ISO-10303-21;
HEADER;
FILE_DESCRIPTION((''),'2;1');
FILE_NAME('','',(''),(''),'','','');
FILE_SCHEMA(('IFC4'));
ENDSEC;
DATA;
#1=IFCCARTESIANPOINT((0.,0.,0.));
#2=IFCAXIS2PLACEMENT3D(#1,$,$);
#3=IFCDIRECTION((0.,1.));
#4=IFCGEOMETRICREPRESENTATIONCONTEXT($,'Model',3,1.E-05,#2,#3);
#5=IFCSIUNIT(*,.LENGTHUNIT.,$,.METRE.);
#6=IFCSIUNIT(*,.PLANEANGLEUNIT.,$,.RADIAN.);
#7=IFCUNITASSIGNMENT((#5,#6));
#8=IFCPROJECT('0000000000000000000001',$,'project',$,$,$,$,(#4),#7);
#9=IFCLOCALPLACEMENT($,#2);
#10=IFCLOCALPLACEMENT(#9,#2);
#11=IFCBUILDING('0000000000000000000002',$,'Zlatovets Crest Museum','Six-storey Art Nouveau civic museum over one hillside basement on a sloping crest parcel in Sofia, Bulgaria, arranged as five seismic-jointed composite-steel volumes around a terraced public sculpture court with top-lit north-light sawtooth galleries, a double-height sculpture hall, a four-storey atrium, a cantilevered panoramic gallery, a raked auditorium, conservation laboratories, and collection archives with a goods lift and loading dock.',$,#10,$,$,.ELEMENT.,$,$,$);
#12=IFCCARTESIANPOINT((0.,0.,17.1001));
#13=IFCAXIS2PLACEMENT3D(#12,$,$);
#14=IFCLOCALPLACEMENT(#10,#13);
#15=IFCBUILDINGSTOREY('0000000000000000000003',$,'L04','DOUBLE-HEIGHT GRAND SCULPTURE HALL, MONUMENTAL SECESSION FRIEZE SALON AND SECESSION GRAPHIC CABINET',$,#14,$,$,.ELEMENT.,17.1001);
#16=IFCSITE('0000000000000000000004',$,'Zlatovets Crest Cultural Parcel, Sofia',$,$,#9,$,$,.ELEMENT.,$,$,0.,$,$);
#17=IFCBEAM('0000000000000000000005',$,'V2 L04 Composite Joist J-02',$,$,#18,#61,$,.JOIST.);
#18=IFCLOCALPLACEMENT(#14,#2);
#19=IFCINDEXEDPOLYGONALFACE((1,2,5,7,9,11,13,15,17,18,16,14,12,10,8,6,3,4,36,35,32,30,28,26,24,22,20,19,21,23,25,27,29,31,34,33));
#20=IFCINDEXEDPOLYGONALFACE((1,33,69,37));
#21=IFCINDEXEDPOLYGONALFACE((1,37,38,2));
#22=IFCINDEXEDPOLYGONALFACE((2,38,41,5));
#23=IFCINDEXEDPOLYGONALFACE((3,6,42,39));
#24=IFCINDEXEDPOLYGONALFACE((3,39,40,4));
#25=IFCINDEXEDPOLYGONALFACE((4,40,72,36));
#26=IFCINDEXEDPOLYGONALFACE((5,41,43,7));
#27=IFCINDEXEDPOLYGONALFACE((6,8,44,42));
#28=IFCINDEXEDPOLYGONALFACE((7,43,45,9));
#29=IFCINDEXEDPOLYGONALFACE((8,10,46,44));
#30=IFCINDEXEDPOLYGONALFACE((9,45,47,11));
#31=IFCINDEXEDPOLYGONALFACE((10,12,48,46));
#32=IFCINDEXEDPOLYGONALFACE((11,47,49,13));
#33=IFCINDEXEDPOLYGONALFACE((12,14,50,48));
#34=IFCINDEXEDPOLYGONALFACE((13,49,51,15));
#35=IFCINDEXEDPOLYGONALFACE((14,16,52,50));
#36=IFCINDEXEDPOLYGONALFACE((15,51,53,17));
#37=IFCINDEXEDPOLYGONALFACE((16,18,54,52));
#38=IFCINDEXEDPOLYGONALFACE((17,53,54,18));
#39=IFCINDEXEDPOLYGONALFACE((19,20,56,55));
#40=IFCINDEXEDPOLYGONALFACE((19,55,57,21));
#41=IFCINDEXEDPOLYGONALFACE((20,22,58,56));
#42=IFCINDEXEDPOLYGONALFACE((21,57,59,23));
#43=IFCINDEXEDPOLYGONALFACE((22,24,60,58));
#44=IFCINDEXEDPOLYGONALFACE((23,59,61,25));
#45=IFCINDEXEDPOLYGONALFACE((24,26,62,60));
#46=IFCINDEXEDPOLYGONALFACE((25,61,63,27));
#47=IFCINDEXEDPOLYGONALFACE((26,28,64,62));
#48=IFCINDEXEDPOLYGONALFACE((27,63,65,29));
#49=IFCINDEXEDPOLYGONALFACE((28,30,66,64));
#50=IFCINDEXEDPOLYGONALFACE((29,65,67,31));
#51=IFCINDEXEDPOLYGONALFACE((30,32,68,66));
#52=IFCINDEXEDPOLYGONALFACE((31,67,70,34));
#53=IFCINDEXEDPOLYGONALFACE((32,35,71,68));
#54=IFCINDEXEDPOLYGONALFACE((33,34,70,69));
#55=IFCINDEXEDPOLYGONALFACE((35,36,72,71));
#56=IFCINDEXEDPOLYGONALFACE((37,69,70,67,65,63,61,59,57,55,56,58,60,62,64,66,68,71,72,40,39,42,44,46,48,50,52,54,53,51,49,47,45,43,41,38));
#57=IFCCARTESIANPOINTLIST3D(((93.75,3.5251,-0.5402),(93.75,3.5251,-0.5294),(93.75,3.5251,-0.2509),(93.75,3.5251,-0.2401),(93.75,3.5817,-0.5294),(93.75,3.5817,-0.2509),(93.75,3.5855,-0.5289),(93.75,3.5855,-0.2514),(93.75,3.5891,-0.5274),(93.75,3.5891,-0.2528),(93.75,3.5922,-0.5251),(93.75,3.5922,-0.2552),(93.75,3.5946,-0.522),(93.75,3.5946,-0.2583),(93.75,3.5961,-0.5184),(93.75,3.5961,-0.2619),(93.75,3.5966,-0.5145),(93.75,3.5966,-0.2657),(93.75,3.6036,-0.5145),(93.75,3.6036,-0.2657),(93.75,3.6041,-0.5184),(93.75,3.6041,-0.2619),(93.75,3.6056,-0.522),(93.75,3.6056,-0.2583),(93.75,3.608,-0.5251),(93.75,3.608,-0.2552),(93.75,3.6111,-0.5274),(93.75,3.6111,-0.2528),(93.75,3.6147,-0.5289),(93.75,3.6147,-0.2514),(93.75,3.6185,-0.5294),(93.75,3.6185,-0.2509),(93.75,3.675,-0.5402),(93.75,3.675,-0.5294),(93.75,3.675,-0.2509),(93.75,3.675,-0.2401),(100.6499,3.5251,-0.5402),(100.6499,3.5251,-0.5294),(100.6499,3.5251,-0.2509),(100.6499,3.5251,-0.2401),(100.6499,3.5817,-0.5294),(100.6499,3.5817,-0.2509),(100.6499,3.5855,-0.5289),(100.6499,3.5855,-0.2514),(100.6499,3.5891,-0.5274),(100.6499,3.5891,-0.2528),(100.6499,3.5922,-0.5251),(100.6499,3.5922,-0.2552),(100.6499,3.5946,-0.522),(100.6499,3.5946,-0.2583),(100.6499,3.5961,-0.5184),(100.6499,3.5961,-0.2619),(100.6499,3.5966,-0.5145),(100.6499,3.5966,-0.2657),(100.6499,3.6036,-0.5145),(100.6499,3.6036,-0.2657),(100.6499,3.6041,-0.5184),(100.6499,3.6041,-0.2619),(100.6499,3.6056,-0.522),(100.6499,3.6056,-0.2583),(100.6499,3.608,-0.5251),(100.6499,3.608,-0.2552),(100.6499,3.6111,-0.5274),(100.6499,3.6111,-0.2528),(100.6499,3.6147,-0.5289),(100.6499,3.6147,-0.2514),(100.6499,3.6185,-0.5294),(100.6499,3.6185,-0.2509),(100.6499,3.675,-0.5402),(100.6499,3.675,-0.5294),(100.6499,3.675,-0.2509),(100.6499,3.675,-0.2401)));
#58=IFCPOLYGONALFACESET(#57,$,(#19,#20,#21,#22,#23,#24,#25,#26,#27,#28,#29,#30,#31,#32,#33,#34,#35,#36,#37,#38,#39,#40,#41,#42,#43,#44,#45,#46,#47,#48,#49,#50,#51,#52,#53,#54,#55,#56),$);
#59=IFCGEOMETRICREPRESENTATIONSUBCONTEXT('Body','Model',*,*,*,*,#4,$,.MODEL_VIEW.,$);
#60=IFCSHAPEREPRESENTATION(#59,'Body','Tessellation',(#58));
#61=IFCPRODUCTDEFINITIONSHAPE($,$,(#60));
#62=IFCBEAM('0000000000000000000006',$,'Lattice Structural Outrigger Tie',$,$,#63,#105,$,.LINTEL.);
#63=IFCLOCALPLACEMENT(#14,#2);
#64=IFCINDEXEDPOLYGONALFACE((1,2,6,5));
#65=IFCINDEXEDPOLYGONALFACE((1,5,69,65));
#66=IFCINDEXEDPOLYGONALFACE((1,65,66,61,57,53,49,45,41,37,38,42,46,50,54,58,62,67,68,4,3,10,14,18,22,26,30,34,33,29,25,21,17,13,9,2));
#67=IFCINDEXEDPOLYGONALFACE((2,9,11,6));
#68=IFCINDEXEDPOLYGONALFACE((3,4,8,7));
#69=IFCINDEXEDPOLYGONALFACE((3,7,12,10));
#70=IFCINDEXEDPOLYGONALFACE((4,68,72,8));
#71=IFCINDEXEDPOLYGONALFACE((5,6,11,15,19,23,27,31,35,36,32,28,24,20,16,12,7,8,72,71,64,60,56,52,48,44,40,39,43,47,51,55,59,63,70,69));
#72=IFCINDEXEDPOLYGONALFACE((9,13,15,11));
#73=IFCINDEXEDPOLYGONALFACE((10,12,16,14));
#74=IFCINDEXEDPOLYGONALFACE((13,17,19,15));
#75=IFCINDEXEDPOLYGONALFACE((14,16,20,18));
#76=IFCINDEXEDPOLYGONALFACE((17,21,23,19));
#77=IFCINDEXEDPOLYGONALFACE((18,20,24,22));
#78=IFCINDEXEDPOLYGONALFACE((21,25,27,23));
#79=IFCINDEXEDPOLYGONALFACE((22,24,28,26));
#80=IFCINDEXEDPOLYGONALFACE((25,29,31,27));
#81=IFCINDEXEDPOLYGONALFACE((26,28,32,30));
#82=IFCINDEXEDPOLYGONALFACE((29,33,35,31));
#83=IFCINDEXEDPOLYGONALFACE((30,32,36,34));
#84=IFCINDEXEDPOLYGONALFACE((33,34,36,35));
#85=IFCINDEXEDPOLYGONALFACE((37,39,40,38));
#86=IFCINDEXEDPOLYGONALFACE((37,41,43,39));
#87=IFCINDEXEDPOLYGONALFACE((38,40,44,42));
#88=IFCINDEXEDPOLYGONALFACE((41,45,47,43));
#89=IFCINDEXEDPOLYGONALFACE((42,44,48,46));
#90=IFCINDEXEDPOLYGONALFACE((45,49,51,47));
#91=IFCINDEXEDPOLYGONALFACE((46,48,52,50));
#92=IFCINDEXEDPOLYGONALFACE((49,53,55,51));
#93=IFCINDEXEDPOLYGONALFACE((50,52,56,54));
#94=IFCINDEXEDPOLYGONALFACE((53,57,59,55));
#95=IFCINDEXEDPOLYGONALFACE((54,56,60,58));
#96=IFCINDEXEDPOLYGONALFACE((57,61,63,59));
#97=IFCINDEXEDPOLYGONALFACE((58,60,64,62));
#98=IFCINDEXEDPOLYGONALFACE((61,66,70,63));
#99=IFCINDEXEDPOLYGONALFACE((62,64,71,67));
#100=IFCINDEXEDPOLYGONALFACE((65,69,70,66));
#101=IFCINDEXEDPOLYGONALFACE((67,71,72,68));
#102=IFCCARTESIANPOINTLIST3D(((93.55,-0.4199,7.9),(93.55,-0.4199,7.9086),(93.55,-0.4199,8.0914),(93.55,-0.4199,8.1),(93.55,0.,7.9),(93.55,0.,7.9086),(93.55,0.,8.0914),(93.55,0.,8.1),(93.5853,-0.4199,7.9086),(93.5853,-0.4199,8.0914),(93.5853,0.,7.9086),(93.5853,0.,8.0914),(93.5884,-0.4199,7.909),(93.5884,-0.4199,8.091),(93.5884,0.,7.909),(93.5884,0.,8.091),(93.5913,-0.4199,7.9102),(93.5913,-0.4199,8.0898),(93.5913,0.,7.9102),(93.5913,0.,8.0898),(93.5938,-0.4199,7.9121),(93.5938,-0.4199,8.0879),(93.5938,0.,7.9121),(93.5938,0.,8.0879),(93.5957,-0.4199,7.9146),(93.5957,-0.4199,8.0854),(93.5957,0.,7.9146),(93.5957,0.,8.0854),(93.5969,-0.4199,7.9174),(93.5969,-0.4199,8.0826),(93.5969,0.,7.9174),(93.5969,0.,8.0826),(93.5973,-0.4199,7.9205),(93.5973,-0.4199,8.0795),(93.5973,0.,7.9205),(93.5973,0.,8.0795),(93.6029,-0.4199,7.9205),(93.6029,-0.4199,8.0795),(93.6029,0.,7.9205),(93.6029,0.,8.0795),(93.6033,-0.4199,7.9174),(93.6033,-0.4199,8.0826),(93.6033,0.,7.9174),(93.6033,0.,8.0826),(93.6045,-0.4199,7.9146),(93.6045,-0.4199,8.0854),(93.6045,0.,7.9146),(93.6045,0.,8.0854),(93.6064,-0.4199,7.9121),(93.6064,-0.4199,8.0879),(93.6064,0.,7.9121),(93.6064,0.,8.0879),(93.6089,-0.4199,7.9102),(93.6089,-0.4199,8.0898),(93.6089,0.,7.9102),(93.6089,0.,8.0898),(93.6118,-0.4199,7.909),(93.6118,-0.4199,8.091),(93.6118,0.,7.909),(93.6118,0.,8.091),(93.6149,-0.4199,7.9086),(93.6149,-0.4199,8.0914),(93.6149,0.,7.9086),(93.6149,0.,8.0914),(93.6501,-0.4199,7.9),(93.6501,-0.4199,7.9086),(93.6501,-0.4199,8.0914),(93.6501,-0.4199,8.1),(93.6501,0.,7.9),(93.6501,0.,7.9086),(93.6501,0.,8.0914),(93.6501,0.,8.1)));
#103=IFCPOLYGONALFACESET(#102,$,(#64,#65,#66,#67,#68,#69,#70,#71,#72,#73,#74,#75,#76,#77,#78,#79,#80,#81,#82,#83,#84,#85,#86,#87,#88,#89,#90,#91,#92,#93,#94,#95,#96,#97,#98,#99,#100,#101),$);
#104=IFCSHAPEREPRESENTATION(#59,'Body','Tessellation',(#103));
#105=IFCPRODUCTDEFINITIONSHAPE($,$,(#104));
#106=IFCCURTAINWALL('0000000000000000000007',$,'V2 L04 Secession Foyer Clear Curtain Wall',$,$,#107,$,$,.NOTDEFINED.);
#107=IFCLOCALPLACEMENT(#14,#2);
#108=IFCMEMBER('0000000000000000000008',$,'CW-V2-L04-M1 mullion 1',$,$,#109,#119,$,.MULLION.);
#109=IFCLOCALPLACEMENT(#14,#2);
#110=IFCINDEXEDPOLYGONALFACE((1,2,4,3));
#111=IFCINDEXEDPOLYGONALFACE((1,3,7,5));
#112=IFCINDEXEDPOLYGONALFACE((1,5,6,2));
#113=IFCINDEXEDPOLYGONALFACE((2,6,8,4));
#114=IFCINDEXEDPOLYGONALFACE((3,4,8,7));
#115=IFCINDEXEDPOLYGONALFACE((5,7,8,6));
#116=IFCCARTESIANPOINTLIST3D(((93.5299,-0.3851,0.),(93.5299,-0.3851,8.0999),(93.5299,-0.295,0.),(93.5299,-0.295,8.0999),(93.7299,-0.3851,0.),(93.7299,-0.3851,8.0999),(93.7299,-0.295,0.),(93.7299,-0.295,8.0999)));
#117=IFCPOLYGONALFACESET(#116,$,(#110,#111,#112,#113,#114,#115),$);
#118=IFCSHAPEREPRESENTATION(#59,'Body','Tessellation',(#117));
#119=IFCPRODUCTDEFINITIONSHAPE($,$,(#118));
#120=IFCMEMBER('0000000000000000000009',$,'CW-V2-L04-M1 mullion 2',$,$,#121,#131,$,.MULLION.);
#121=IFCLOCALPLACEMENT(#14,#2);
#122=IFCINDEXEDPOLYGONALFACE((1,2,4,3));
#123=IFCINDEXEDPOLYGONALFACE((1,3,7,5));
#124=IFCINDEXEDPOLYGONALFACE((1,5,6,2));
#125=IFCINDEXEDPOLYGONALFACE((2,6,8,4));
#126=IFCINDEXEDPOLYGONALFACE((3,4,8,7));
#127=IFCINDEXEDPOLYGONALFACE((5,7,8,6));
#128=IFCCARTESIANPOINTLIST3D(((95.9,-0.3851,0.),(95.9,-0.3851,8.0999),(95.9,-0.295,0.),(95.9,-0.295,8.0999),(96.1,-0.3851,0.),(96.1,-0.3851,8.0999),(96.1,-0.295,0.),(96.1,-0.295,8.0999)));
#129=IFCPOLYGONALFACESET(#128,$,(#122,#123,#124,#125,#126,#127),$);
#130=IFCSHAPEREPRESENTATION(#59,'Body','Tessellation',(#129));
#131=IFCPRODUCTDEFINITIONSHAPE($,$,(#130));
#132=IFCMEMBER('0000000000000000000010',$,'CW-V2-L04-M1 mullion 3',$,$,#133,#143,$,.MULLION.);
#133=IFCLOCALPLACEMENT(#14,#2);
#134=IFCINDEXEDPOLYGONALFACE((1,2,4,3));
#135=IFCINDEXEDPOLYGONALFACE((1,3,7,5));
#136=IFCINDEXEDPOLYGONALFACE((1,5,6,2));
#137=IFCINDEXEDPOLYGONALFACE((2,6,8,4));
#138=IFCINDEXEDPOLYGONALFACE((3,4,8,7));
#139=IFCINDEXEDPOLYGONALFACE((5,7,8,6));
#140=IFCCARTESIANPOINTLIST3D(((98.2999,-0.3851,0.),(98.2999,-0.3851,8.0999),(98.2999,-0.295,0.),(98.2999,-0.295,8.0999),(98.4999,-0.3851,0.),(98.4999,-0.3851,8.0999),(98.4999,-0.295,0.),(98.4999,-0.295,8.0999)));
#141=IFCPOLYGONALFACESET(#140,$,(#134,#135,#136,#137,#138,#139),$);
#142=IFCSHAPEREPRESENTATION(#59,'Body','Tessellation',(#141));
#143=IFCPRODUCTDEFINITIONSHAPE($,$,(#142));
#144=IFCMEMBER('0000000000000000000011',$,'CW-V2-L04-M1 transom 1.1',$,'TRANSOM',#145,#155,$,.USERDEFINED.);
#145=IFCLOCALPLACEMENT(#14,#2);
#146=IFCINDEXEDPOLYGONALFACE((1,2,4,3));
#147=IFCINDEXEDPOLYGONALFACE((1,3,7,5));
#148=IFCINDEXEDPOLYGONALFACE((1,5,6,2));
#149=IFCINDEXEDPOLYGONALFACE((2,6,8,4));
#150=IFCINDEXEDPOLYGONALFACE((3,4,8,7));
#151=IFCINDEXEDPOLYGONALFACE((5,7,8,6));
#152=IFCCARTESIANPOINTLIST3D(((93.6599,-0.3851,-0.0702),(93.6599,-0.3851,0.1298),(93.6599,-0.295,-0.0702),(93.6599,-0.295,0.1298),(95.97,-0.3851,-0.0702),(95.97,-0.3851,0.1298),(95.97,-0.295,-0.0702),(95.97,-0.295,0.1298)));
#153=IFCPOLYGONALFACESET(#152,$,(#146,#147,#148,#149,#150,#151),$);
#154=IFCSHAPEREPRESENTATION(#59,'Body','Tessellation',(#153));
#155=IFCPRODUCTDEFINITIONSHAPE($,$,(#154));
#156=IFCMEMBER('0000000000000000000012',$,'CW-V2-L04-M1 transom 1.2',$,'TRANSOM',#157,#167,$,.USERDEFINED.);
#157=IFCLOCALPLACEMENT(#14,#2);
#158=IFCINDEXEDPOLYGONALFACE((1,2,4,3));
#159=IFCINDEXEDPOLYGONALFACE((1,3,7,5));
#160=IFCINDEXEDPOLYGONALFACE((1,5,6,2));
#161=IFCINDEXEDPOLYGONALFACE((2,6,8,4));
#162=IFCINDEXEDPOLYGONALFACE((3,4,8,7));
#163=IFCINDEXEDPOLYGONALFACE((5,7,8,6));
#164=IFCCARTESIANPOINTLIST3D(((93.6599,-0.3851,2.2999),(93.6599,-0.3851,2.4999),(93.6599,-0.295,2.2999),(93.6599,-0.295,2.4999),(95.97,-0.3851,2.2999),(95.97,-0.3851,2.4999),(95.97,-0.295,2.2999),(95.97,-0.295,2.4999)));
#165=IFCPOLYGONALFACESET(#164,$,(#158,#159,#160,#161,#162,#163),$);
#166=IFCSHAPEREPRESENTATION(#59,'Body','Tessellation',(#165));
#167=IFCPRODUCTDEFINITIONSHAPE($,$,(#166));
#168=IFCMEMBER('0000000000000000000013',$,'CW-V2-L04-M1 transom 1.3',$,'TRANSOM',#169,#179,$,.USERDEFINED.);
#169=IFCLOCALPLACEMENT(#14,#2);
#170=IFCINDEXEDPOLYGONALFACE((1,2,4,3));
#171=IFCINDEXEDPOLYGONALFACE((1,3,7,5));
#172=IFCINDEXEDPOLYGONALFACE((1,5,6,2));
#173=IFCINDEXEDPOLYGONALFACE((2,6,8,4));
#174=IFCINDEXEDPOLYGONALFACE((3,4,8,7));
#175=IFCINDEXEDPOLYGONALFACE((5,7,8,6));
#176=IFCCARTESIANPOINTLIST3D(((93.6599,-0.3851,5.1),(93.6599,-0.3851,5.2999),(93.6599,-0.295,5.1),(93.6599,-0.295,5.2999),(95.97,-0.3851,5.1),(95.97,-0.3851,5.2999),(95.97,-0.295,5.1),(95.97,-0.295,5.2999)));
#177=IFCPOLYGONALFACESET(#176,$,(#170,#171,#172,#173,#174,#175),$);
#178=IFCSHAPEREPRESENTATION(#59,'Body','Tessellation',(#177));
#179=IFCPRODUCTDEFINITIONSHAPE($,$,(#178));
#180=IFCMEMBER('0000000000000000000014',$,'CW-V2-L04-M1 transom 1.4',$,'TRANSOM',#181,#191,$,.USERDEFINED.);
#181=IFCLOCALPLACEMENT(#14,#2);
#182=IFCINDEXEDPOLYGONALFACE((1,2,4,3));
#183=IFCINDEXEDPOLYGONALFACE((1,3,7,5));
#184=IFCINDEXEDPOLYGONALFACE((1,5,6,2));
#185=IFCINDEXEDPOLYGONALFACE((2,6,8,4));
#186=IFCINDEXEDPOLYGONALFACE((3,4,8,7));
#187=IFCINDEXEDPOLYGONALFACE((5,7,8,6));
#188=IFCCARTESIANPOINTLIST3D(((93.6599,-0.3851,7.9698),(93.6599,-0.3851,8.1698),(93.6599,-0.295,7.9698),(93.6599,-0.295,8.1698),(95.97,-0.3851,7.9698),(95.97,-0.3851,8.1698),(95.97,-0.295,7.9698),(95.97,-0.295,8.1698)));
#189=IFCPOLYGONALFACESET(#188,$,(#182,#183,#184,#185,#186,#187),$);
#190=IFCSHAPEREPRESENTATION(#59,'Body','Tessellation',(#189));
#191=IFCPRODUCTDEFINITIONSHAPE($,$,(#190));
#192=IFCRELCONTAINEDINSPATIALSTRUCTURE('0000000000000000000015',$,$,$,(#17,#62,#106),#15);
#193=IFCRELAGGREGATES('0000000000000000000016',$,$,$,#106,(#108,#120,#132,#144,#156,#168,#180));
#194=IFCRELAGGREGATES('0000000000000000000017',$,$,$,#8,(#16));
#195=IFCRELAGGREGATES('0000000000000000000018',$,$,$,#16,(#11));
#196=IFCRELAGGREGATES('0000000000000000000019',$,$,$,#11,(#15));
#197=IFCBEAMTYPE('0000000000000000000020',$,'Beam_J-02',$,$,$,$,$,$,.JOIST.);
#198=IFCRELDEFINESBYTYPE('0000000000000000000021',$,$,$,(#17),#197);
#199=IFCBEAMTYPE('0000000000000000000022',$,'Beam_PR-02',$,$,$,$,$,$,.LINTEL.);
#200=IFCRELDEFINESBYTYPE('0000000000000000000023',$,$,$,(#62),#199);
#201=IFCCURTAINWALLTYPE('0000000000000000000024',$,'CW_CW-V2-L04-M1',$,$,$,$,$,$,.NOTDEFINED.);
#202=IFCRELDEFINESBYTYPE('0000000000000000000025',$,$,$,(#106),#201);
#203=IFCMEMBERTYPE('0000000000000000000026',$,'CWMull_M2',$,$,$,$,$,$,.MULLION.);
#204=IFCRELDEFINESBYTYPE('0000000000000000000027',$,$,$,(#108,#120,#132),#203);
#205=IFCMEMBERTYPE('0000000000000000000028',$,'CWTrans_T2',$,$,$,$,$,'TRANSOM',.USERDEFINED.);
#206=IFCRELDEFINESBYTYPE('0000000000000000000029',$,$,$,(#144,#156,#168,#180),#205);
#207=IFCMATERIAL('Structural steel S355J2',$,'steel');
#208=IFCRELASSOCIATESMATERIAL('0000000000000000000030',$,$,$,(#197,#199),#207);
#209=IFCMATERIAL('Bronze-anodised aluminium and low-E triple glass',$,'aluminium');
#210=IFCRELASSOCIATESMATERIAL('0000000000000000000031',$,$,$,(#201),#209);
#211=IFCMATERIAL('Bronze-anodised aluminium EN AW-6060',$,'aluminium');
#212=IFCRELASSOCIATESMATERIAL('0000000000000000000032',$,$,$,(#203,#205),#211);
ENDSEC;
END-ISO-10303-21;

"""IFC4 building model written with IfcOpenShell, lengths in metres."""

from ifc_helpers import new_model, si_unit, direction, frame, origin, origin_2d, place, context, subcontext, project, spatial, rectangle, i_section, extrude, material, material_profile, profile_set, type_object, element, aggregate, save


model = new_model("IFC4")

# Units and contexts
model_context = context("Model", 3, precision=1e-05, world=origin(), true_north=direction((0.0, 1.0)))
body_context = subcontext(model_context, "Body", "Model", "MODEL_VIEW")
ifc_project = project(units=[si_unit("LENGTHUNIT", "METRE"), si_unit("PLANEANGLEUNIT", "RADIAN")], contexts=[model_context])

# Site, building, storey
site_placement = place(None, origin())
site = spatial("IfcSite", under=ifc_project, at=site_placement, Name="Zlatovets Crest Cultural Parcel, Sofia", CompositionType="ELEMENT", RefElevation=0.0)
building_placement = place(site_placement, origin())
building = spatial("IfcBuilding", under=site, at=building_placement, Name="Zlatovets Crest Museum", Description="Six-storey Art Nouveau civic museum over one hillside basement on a sloping crest parcel in Sofia, Bulgaria, arranged as five seismic-jointed composite-steel volumes around a terraced public sculpture court with top-lit north-light sawtooth galleries, a double-height sculpture hall, a four-storey atrium, a cantilevered panoramic gallery, a raked auditorium, conservation laboratories, and collection archives with a goods lift and loading dock.", CompositionType="ELEMENT")
storey_placement = place(building_placement, frame((0.0, 0.0, 17.1001)))
storey = spatial("IfcBuildingStorey", under=building, at=storey_placement, Name="L04", Description="DOUBLE-HEIGHT GRAND SCULPTURE HALL, MONUMENTAL SECESSION FRIEZE SALON AND SECESSION GRAPHIC CABINET", CompositionType="ELEMENT", Elevation=17.1001)

# Shared definitions
ifc_material_1 = material(Name="Structural steel S355J2", Category="steel")

# Beams
ifc_material_profile_1 = material_profile(ifc_material_1, i_section(OverallWidth=0.1499, OverallDepth=0.3, WebThickness=0.0071, FlangeThickness=0.0107, FilletRadius=0.0149, at=origin_2d()), Name="IPE 300")
ifc_profile_set_1 = profile_set([ifc_material_profile_1], Name="Structural steel S355J2")
beam_type_1 = type_object("IfcBeamType", Name="Beam_J-02", PredefinedType="JOIST", material=ifc_profile_set_1)
beam_1_placement = place(storey_placement, frame((93.75, 3.6001, -0.3901), z_axis=(1.0, 0.0, 0.0), x_axis=(0.0, 1.0, 0.0)))
element("IfcBeam", 1, at=beam_1_placement, inside=storey, type_object=beam_type_1, Name="V2 L04 Composite Joist J-02", PredefinedType="JOIST", context=body_context, shape_type="SweptSolid", body=[
    extrude(i_section(OverallWidth=0.1499, OverallDepth=0.3, WebThickness=0.0071, FlangeThickness=0.0107, FilletRadius=0.0149, at=origin_2d()), origin(), (0.0, 0.0, 1.0), 6.8999),
])
ifc_material_profile_2 = material_profile(ifc_material_1, i_section(OverallWidth=0.1001, OverallDepth=0.2, WebThickness=0.0056, FlangeThickness=0.0085, FilletRadius=0.012, at=origin_2d()), Name="IPE 200")
ifc_profile_set_2 = profile_set([ifc_material_profile_2], Name="Structural steel S355J2")
beam_type_2 = type_object("IfcBeamType", Name="Beam_PR-02", PredefinedType="LINTEL", material=ifc_profile_set_2)
beam_2_placement = place(storey_placement, frame((93.6001, 0.0, 8.0), z_axis=(0.0, -1.0, 0.0), x_axis=(1.0, 0.0, 0.0)))
element("IfcBeam", 2, at=beam_2_placement, inside=storey, type_object=beam_type_2, Name="Lattice Structural Outrigger Tie", PredefinedType="LINTEL", context=body_context, shape_type="SweptSolid", body=[
    extrude(i_section(OverallWidth=0.1001, OverallDepth=0.2, WebThickness=0.0056, FlangeThickness=0.0085, FilletRadius=0.012, at=origin_2d()), origin(), (0.0, 0.0, 1.0), 0.4199),
])

# Curtain wall, members
ifc_material_2 = material(Name="Bronze-anodised aluminium and low-E triple glass", Category="aluminium")
curtain_wall_type = type_object("IfcCurtainWallType", Name="CW_CW-V2-L04-M1", PredefinedType="NOTDEFINED", material=ifc_material_2)
curtain_wall_placement = place(storey_placement, origin())
curtain_wall = element("IfcCurtainWall", 3, at=curtain_wall_placement, inside=storey, type_object=curtain_wall_type, Name="V2 L04 Secession Foyer Clear Curtain Wall", PredefinedType="NOTDEFINED")
ifc_material_3 = material(Name="Bronze-anodised aluminium EN AW-6060", Category="aluminium")
ifc_material_profile_3 = material_profile(ifc_material_3, rectangle(XDim=0.0901, YDim=0.2, at=origin_2d()), Name="ALU 90x200")
ifc_profile_set_3 = profile_set([ifc_material_profile_3], Name="Bronze-anodised aluminium EN AW-6060")
member_type_1 = type_object("IfcMemberType", Name="CWMull_M2", PredefinedType="MULLION", material=ifc_profile_set_3)
member_1_placement = place(storey_placement, frame((93.6299, -0.3401, 0.0), z_axis=(0.0, 0.0, 1.0), x_axis=(0.0, 1.0, 0.0)))
member_1 = element("IfcMember", 4, at=member_1_placement, type_object=member_type_1, Name="CW-V2-L04-M1 mullion 1", PredefinedType="MULLION", context=body_context, shape_type="SweptSolid", body=[
    extrude(rectangle(XDim=0.0901, YDim=0.2, at=origin_2d()), origin(), (0.0, 0.0, 1.0), 8.0999),
])
member_2_placement = place(storey_placement, frame((96.0, -0.3401, 0.0), z_axis=(0.0, 0.0, 1.0), x_axis=(0.0, 1.0, 0.0)))
member_2 = element("IfcMember", 5, at=member_2_placement, type_object=member_type_1, Name="CW-V2-L04-M1 mullion 2", PredefinedType="MULLION", context=body_context, shape_type="SweptSolid", body=[
    extrude(rectangle(XDim=0.0901, YDim=0.2, at=origin_2d()), origin(), (0.0, 0.0, 1.0), 8.0999),
])
member_3_placement = place(storey_placement, frame((98.3999, -0.3401, 0.0), z_axis=(0.0, 0.0, 1.0), x_axis=(0.0, 1.0, 0.0)))
member_3 = element("IfcMember", 6, at=member_3_placement, type_object=member_type_1, Name="CW-V2-L04-M1 mullion 3", PredefinedType="MULLION", context=body_context, shape_type="SweptSolid", body=[
    extrude(rectangle(XDim=0.0901, YDim=0.2, at=origin_2d()), origin(), (0.0, 0.0, 1.0), 8.0999),
])
ifc_material_profile_4 = material_profile(ifc_material_3, rectangle(XDim=0.0901, YDim=0.2, at=origin_2d()), Name="ALU 90x200")
ifc_profile_set_4 = profile_set([ifc_material_profile_4], Name="Bronze-anodised aluminium EN AW-6060")
member_type_2 = type_object("IfcMemberType", Name="CWTrans_T2", ElementType="TRANSOM", PredefinedType="USERDEFINED", material=ifc_profile_set_4)
member_4_placement = place(storey_placement, frame((93.6599, -0.3401, 0.0298), z_axis=(1.0, 0.0, 0.0), x_axis=(0.0, 1.0, 0.0)))
member_4 = element("IfcMember", 7, at=member_4_placement, type_object=member_type_2, Name="CW-V2-L04-M1 transom 1.1", ObjectType="TRANSOM", PredefinedType="USERDEFINED", context=body_context, shape_type="SweptSolid", body=[
    extrude(rectangle(XDim=0.0901, YDim=0.2, at=origin_2d()), origin(), (0.0, 0.0, 1.0), 2.3101),
])
member_5_placement = place(storey_placement, frame((93.6599, -0.3401, 2.3999), z_axis=(1.0, 0.0, 0.0), x_axis=(0.0, 1.0, 0.0)))
member_5 = element("IfcMember", 8, at=member_5_placement, type_object=member_type_2, Name="CW-V2-L04-M1 transom 1.2", ObjectType="TRANSOM", PredefinedType="USERDEFINED", context=body_context, shape_type="SweptSolid", body=[
    extrude(rectangle(XDim=0.0901, YDim=0.2, at=origin_2d()), origin(), (0.0, 0.0, 1.0), 2.3101),
])
member_6_placement = place(storey_placement, frame((93.6599, -0.3401, 5.2), z_axis=(1.0, 0.0, 0.0), x_axis=(0.0, 1.0, 0.0)))
member_6 = element("IfcMember", 9, at=member_6_placement, type_object=member_type_2, Name="CW-V2-L04-M1 transom 1.3", ObjectType="TRANSOM", PredefinedType="USERDEFINED", context=body_context, shape_type="SweptSolid", body=[
    extrude(rectangle(XDim=0.0901, YDim=0.2, at=origin_2d()), origin(), (0.0, 0.0, 1.0), 2.3101),
])
member_7_placement = place(storey_placement, frame((93.6599, -0.3401, 8.0698), z_axis=(1.0, 0.0, 0.0), x_axis=(0.0, 1.0, 0.0)))
member_7 = element("IfcMember", 10, at=member_7_placement, type_object=member_type_2, Name="CW-V2-L04-M1 transom 1.4", ObjectType="TRANSOM", PredefinedType="USERDEFINED", context=body_context, shape_type="SweptSolid", body=[
    extrude(rectangle(XDim=0.0901, YDim=0.2, at=origin_2d()), origin(), (0.0, 0.0, 1.0), 2.3101),
])

aggregate(curtain_wall, [member_1, member_2, member_3, member_4, member_5, member_6, member_7])

save(model, "model.ifc")
